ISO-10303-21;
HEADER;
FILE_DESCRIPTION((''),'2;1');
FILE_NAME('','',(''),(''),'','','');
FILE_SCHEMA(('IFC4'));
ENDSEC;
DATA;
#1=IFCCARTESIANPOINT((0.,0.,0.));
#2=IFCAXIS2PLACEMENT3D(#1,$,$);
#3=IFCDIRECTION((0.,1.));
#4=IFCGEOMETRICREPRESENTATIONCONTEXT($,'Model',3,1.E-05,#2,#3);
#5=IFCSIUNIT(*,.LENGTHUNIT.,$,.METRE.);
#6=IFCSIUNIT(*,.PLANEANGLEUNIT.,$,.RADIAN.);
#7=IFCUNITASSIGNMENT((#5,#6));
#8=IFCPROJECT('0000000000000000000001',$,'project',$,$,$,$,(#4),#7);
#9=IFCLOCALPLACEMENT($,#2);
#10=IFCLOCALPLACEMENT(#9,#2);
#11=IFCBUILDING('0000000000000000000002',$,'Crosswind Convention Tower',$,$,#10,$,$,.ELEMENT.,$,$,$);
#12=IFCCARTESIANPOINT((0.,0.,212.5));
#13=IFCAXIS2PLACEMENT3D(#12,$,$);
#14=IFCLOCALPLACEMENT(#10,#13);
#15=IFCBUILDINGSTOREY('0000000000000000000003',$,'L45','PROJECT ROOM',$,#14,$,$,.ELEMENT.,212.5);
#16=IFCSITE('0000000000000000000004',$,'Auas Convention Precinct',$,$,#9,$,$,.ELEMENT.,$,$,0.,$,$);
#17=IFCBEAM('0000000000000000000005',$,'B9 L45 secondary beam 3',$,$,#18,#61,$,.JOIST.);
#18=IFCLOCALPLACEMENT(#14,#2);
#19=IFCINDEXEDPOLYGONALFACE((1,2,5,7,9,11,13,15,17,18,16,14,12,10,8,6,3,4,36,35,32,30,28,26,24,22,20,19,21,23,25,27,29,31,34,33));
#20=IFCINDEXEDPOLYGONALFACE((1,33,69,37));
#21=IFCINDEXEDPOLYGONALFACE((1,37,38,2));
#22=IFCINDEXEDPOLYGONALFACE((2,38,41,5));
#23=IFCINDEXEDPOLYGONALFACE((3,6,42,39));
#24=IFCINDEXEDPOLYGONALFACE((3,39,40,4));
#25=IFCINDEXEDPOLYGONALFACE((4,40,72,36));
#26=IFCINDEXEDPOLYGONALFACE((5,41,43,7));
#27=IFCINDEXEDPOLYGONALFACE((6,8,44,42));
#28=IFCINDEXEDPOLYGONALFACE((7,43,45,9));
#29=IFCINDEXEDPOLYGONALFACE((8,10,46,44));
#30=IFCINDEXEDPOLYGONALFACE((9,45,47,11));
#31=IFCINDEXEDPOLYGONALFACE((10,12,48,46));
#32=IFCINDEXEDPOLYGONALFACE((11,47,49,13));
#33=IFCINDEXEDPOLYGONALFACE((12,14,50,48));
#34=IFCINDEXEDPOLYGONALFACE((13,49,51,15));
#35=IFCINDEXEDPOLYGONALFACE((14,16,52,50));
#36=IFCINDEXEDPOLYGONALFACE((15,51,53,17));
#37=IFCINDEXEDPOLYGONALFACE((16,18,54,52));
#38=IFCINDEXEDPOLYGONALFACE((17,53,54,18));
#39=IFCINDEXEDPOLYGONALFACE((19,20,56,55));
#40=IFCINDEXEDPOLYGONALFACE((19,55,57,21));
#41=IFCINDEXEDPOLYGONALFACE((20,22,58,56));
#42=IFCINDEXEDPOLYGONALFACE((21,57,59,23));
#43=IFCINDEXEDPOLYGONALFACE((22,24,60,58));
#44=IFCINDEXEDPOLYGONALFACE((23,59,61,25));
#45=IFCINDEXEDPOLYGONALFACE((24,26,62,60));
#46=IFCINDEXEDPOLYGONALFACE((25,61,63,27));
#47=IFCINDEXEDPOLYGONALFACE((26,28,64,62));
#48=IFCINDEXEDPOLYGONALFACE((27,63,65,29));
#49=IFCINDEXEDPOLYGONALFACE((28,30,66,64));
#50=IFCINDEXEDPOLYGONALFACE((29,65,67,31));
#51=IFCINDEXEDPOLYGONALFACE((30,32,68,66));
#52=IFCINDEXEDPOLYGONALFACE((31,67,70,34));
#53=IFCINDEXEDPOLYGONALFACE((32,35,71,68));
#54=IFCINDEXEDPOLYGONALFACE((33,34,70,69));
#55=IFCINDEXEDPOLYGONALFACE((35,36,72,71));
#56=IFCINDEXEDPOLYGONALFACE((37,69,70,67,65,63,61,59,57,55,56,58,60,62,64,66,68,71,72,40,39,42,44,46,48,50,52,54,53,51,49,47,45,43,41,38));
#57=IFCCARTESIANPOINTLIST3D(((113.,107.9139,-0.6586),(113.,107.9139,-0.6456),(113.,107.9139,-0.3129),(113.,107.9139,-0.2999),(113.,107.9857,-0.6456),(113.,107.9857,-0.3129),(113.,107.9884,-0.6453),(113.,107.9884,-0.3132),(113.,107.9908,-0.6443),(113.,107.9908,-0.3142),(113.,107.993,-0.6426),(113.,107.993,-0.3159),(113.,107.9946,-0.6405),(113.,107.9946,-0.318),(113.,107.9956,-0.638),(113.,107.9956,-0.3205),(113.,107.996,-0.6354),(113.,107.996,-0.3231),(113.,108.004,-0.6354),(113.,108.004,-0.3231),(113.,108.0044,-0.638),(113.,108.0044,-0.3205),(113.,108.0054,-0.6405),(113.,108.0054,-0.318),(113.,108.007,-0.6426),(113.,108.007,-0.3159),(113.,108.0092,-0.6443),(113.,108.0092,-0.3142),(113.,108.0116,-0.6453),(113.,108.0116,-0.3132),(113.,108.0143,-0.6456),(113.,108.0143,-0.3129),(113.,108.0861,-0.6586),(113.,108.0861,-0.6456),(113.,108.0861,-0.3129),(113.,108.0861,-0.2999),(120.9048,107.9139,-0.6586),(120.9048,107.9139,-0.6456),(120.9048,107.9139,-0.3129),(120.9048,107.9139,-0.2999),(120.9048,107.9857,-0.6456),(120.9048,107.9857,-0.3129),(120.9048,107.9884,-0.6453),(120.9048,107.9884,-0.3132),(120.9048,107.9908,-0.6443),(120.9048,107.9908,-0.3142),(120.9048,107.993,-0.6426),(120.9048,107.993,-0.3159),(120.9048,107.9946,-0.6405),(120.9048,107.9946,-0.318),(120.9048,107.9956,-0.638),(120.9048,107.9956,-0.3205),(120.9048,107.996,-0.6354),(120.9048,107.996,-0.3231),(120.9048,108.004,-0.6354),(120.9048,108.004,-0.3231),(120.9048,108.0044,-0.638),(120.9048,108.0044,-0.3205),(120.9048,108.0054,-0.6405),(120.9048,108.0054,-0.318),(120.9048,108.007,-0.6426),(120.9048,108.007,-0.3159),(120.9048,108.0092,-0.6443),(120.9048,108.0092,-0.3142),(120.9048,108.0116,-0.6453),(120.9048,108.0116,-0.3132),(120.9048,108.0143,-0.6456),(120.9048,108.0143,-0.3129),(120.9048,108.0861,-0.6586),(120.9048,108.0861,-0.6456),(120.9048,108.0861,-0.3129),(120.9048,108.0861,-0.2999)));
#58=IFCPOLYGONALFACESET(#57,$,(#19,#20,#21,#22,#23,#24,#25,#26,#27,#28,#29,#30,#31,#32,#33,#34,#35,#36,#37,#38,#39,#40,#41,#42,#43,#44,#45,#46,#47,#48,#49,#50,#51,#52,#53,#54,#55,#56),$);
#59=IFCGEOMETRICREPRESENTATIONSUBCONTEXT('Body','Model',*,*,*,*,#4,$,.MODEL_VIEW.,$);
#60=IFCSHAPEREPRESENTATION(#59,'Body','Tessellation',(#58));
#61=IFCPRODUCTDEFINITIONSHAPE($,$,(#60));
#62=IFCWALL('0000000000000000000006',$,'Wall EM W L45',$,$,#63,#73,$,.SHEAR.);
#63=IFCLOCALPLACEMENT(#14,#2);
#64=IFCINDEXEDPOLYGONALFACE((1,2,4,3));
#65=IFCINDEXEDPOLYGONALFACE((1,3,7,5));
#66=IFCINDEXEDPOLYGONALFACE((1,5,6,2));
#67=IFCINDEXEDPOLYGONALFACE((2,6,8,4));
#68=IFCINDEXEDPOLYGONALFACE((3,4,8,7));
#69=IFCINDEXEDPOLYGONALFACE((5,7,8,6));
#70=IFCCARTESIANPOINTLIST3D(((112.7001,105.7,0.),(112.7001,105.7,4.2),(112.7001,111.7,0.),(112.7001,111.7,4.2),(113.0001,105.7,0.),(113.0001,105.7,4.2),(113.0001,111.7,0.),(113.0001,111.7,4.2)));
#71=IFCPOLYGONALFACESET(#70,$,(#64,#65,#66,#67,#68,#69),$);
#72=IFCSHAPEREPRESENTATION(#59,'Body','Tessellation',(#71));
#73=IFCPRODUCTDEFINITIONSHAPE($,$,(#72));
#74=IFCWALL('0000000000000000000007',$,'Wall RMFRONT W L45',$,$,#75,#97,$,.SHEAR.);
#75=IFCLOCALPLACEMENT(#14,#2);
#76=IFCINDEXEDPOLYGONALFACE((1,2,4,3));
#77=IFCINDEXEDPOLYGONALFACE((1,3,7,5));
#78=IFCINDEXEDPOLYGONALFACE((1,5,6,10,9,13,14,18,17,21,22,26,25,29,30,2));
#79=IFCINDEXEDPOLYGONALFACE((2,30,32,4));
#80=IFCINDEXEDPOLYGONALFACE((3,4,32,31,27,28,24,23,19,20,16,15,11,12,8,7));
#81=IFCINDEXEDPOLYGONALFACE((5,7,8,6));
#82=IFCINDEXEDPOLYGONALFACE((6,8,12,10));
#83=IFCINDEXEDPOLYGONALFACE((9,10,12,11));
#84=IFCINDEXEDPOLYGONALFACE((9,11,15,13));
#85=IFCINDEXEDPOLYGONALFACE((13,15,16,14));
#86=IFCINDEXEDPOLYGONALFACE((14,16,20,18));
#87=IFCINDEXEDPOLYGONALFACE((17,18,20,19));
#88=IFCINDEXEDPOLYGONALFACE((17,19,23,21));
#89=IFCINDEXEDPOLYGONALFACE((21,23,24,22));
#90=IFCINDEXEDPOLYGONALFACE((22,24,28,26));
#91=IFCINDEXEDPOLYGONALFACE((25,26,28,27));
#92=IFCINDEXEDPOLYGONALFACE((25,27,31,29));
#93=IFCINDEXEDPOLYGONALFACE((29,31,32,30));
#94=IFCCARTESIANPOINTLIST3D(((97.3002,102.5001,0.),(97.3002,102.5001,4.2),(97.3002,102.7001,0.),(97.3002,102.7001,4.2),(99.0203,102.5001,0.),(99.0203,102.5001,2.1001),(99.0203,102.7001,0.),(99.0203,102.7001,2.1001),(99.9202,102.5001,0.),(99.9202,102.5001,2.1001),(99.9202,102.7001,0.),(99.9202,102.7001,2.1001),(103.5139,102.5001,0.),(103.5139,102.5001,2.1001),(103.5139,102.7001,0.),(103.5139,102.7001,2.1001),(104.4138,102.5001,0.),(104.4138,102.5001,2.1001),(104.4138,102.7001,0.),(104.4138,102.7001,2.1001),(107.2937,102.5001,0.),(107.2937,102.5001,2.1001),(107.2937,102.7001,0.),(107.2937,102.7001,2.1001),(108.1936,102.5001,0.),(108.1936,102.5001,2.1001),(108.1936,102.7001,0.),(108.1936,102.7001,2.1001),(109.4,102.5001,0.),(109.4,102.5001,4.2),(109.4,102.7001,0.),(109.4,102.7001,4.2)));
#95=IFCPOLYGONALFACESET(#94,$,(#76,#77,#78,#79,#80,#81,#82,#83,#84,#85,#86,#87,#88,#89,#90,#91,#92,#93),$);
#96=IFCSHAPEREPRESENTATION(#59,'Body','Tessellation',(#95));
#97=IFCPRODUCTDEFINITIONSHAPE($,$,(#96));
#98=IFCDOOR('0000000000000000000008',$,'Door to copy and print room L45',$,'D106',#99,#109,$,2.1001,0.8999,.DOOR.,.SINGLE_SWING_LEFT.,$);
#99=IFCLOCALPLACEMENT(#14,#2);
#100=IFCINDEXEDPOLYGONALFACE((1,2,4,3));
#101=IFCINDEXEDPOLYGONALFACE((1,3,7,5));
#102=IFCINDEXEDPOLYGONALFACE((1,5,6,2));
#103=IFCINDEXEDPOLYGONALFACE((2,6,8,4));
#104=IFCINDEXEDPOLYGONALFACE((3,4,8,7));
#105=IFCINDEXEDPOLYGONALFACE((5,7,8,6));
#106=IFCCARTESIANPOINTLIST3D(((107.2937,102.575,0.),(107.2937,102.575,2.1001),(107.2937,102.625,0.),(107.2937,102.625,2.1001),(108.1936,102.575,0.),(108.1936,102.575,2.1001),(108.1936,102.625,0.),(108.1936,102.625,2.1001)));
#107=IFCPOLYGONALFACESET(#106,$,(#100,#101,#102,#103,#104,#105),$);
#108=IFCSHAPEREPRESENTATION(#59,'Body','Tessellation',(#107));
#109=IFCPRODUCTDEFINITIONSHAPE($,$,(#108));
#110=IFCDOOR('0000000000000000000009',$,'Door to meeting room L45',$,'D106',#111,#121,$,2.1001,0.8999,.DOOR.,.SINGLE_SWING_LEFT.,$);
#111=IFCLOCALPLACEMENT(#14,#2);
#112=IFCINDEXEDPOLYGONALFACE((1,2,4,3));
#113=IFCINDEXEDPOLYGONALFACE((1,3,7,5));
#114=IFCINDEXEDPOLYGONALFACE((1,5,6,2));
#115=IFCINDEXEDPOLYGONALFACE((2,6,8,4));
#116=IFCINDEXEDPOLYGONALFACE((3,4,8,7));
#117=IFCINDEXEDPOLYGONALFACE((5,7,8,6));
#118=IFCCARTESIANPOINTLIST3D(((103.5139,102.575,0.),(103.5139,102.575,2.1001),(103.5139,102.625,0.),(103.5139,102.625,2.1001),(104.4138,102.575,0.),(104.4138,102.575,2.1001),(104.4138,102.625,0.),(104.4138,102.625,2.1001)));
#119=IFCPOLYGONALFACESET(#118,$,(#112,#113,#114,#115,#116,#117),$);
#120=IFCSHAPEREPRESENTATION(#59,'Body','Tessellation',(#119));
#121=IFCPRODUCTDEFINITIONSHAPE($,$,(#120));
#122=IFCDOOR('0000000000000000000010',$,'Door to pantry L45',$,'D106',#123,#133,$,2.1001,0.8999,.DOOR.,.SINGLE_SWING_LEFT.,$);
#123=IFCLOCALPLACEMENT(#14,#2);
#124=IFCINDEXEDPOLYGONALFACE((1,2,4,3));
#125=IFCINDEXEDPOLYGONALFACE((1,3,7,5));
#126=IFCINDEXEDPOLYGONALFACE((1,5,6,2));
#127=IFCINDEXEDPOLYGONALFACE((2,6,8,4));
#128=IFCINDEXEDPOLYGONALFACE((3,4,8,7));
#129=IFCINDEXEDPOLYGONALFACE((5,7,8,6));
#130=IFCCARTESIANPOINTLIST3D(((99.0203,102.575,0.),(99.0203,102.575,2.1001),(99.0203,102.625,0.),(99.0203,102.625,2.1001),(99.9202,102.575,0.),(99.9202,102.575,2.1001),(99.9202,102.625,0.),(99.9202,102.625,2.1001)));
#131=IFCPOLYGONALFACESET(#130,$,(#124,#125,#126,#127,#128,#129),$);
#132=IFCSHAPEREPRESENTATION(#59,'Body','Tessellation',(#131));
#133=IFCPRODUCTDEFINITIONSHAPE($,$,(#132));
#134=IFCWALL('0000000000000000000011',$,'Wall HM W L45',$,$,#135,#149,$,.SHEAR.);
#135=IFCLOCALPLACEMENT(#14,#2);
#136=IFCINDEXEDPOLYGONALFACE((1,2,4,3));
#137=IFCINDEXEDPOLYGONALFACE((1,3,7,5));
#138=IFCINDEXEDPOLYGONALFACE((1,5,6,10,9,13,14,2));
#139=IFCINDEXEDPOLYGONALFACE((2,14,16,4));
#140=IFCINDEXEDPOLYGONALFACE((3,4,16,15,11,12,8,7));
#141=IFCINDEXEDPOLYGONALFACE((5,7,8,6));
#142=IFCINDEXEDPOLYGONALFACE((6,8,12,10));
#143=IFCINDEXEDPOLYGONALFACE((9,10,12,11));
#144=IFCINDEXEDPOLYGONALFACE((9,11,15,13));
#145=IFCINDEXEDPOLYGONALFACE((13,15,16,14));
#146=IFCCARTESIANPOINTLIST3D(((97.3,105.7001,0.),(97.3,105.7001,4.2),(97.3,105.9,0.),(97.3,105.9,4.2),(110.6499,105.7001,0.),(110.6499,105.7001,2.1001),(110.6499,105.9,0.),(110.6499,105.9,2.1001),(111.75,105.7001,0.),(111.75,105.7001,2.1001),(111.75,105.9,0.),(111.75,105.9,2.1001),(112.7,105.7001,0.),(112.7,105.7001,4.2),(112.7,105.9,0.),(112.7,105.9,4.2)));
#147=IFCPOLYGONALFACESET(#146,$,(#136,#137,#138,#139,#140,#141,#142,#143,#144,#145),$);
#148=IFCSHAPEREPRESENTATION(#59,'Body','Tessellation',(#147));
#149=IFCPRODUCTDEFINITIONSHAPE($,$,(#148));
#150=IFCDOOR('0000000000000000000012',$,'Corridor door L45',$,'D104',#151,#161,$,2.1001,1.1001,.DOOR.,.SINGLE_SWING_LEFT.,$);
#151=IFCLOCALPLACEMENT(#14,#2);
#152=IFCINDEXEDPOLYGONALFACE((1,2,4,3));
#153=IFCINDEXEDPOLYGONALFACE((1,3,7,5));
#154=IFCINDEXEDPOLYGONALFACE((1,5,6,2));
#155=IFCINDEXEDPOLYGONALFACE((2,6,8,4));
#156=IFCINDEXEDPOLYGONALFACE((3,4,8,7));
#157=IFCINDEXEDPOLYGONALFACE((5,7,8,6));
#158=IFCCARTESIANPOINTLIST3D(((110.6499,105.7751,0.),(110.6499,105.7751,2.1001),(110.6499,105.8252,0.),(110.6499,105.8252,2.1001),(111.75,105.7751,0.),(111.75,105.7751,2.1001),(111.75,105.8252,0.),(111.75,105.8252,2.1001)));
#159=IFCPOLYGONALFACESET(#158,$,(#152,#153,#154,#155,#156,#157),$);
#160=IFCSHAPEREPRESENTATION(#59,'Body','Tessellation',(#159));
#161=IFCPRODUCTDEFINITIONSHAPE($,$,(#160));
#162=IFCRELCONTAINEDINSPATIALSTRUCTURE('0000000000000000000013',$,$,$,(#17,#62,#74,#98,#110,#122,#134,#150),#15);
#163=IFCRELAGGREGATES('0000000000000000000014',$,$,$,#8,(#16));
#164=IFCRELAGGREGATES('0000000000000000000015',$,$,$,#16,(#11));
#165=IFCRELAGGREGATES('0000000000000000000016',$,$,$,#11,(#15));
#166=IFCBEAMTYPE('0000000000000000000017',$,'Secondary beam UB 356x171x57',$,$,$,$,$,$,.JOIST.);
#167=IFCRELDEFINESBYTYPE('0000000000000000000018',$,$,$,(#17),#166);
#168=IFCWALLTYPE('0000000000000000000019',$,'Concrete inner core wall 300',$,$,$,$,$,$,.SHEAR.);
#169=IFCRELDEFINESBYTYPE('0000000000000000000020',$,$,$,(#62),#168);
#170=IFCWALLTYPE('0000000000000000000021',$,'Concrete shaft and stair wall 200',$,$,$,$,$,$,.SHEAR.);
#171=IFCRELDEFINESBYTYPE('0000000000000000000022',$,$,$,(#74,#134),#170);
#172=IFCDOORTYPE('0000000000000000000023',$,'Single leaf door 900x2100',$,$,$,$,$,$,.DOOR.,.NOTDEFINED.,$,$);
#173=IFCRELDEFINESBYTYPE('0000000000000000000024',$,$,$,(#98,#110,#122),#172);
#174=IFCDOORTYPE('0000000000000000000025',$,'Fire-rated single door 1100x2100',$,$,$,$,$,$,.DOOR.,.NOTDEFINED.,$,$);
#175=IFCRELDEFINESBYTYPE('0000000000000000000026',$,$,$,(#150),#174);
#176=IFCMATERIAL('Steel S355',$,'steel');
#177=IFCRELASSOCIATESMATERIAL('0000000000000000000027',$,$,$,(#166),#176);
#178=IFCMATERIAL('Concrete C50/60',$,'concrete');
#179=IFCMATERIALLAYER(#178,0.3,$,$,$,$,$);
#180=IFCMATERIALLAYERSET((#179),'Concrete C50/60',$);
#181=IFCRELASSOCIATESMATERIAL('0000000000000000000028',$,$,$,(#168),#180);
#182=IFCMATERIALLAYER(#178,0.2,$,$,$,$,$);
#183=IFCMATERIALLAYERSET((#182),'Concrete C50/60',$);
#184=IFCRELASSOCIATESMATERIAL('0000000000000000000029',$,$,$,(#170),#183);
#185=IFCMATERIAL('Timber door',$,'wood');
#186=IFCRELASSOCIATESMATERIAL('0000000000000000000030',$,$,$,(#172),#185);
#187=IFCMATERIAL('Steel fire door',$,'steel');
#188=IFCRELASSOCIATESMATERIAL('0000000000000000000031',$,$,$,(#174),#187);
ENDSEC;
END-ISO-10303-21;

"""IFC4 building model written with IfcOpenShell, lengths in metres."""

from ifc_helpers import new_model, si_unit, direction, frame, frame_2d, origin, origin_2d, place, context, subcontext, project, spatial, rectangle, i_section, extrude, material, layer, layer_set, material_profile, profile_set, type_object, element, fill, save


model = new_model("IFC4")

# Units and contexts
model_context = context("Model", 3, precision=1e-05, world=origin(), true_north=direction((0.0, 1.0)))
body_context = subcontext(model_context, "Body", "Model", "MODEL_VIEW")
ifc_project = project(units=[si_unit("LENGTHUNIT", "METRE"), si_unit("PLANEANGLEUNIT", "RADIAN")], contexts=[model_context])

# Site, building, storey
site_placement = place(None, origin())
site = spatial("IfcSite", under=ifc_project, at=site_placement, Name="Auas Convention Precinct", CompositionType="ELEMENT", RefElevation=0.0)
building_placement = place(site_placement, origin())
building = spatial("IfcBuilding", under=site, at=building_placement, Name="Crosswind Convention Tower", CompositionType="ELEMENT")
storey_placement = place(building_placement, frame((0.0, 0.0, 212.5)))
storey = spatial("IfcBuildingStorey", under=building, at=storey_placement, Name="L45", Description="PROJECT ROOM", CompositionType="ELEMENT", Elevation=212.5)

# Beam
ifc_material_1 = material(Name="Steel S355", Category="steel")
ifc_material_profile_1 = material_profile(ifc_material_1, i_section(OverallWidth=0.1721, OverallDepth=0.3586, WebThickness=0.0081, FlangeThickness=0.0129, FilletRadius=0.0103, at=origin_2d()), Name="UB 356x171x57")
ifc_profile_set_1 = profile_set([ifc_material_profile_1], Name="Steel S355")
beam_type_1 = type_object("IfcBeamType", Name="Secondary beam UB 356x171x57", PredefinedType="JOIST", material=ifc_profile_set_1)
for number, where, z_axis, x_axis, name in (
    (1, (113.0, 108.0, -0.4792), (1.0, 0.0, 0.0), (0.0, 1.0, 0.0), "B9 L45 secondary beam 3"),
):
    element("IfcBeam", number, at=place(storey_placement, frame(where, z_axis=z_axis, x_axis=x_axis)), inside=storey, type_object=beam_type_1, Name=name, PredefinedType="JOIST", context=body_context, shape_type="SweptSolid", body=[
        extrude(i_section(OverallWidth=0.1721, OverallDepth=0.3586, WebThickness=0.0081, FlangeThickness=0.0129, FilletRadius=0.0103, at=origin_2d()), origin(), (0.0, 0.0, 1.0), 7.9048),
    ])

# Shared definitions
ifc_material_2 = material(Name="Concrete C50/60", Category="concrete")
ifc_layer_1 = layer(ifc_material_2, 0.3)
ifc_layer_set_1 = layer_set([ifc_layer_1], Name="Concrete C50/60")
wall_type_1 = type_object("IfcWallType", Name="Concrete inner core wall 300", PredefinedType="SHEAR", material=ifc_layer_set_1)

# Wall
wall_1_placement = place(storey_placement, frame((112.8501, 111.7, 0.0), z_axis=(0.0, 0.0, 1.0), x_axis=(0.0, -1.0, 0.0)))
element("IfcWall", 2, at=wall_1_placement, inside=storey, type_object=wall_type_1, Name="Wall EM W L45", PredefinedType="SHEAR", context=body_context, shape_type="SweptSolid", body=[
    extrude(rectangle(XDim=6.0, YDim=0.3, at=frame_2d((3.0, 0.0))), origin(), (0.0, 0.0, 1.0), 4.2),
])

# Wall, openings, doors
ifc_layer_2 = layer(ifc_material_2, 0.2)
ifc_layer_set_2 = layer_set([ifc_layer_2], Name="Concrete C50/60")
wall_type_2 = type_object("IfcWallType", Name="Concrete shaft and stair wall 200", PredefinedType="SHEAR", material=ifc_layer_set_2)
wall_2_placement = place(storey_placement, frame((109.3999, 102.6001, 0.0), z_axis=(0.0, 0.0, 1.0), x_axis=(-1.0, 0.0, 0.0)))
wall_2 = element("IfcWall", 3, at=wall_2_placement, inside=storey, type_object=wall_type_2, Name="Wall RMFRONT W L45", PredefinedType="SHEAR", context=body_context, shape_type="SweptSolid", body=[
    extrude(rectangle(XDim=12.0999, YDim=0.2, at=frame_2d((6.0498, 0.0))), origin(), (0.0, 0.0, 1.0), 4.2),
])
opening_1_placement = place(wall_2_placement, frame((1.2063, 0.0, 0.0)))
opening_1 = element("IfcOpeningElement", 4, at=opening_1_placement, cuts=wall_2, PredefinedType="OPENING", context=body_context, shape_type="SweptSolid", body=[
    extrude(rectangle(XDim=0.8999, YDim=2.1001, at=frame_2d((0.45, 1.05))), frame((0.0, 0.1099, 0.0), z_axis=(0.0, -1.0, 0.0), x_axis=(1.0, 0.0, 0.0)), (0.0, 0.0, 1.0), 0.22),
])
opening_2_placement = place(wall_2_placement, frame((4.9861, 0.0, 0.0)))
opening_2 = element("IfcOpeningElement", 5, at=opening_2_placement, cuts=wall_2, PredefinedType="OPENING", context=body_context, shape_type="SweptSolid", body=[
    extrude(rectangle(XDim=0.8999, YDim=2.1001, at=frame_2d((0.45, 1.05))), frame((0.0, 0.1099, 0.0), z_axis=(0.0, -1.0, 0.0), x_axis=(1.0, 0.0, 0.0)), (0.0, 0.0, 1.0), 0.22),
])
opening_3_placement = place(wall_2_placement, frame((9.4797, 0.0, 0.0)))
opening_3 = element("IfcOpeningElement", 6, at=opening_3_placement, cuts=wall_2, PredefinedType="OPENING", context=body_context, shape_type="SweptSolid", body=[
    extrude(rectangle(XDim=0.8999, YDim=2.1001, at=frame_2d((0.45, 1.05))), frame((0.0, 0.1099, 0.0), z_axis=(0.0, -1.0, 0.0), x_axis=(1.0, 0.0, 0.0)), (0.0, 0.0, 1.0), 0.22),
])
ifc_material_3 = material(Name="Timber door", Category="wood")
door_type_1 = type_object("IfcDoorType", Name="Single leaf door 900x2100", OperationType="NOTDEFINED", PredefinedType="DOOR", material=ifc_material_3)
door_1_placement = place(opening_1_placement, frame((0.8999, 0.0, 0.0), z_axis=(0.0, 0.0, 1.0), x_axis=(-1.0, 0.0, 0.0)))
door_1 = element("IfcDoor", 7, at=door_1_placement, inside=storey, type_object=door_type_1, Name="Door to copy and print room L45", ObjectType="D106", OperationType="SINGLE_SWING_LEFT", OverallHeight=2.1001, OverallWidth=0.8999, PredefinedType="DOOR", context=body_context, shape_type="SweptSolid", body=[
    extrude(rectangle(XDim=0.8999, YDim=2.1001, at=frame_2d((0.45, 1.05))), frame((0.0, 0.0249, 0.0), z_axis=(0.0, -1.0, 0.0), x_axis=(1.0, 0.0, 0.0)), (0.0, 0.0, 1.0), 0.05),
])
fill(opening_1, door_1)
door_2_placement = place(opening_2_placement, frame((0.8999, 0.0, 0.0), z_axis=(0.0, 0.0, 1.0), x_axis=(-1.0, 0.0, 0.0)))
door_2 = element("IfcDoor", 8, at=door_2_placement, inside=storey, type_object=door_type_1, Name="Door to meeting room L45", ObjectType="D106", OperationType="SINGLE_SWING_LEFT", OverallHeight=2.1001, OverallWidth=0.8999, PredefinedType="DOOR", context=body_context, shape_type="SweptSolid", body=[
    extrude(rectangle(XDim=0.8999, YDim=2.1001, at=frame_2d((0.45, 1.05))), frame((0.0, 0.0249, 0.0), z_axis=(0.0, -1.0, 0.0), x_axis=(1.0, 0.0, 0.0)), (0.0, 0.0, 1.0), 0.05),
])
fill(opening_2, door_2)
door_3_placement = place(opening_3_placement, frame((0.8999, 0.0, 0.0), z_axis=(0.0, 0.0, 1.0), x_axis=(-1.0, 0.0, 0.0)))
door_3 = element("IfcDoor", 9, at=door_3_placement, inside=storey, type_object=door_type_1, Name="Door to pantry L45", ObjectType="D106", OperationType="SINGLE_SWING_LEFT", OverallHeight=2.1001, OverallWidth=0.8999, PredefinedType="DOOR", context=body_context, shape_type="SweptSolid", body=[
    extrude(rectangle(XDim=0.8999, YDim=2.1001, at=frame_2d((0.45, 1.05))), frame((0.0, 0.0249, 0.0), z_axis=(0.0, -1.0, 0.0), x_axis=(1.0, 0.0, 0.0)), (0.0, 0.0, 1.0), 0.05),
])
fill(opening_3, door_3)

# Wall, opening, door
wall_3_placement = place(storey_placement, frame((112.7, 105.8, 0.0), z_axis=(0.0, 0.0, 1.0), x_axis=(-1.0, 0.0, 0.0)))
wall_3 = element("IfcWall", 10, at=wall_3_placement, inside=storey, type_object=wall_type_2, Name="Wall HM W L45", PredefinedType="SHEAR", context=body_context, shape_type="SweptSolid", body=[
    extrude(rectangle(XDim=15.3999, YDim=0.2, at=frame_2d((7.7, 0.0))), origin(), (0.0, 0.0, 1.0), 4.2),
])
opening_4_placement = place(wall_3_placement, frame((0.95, 0.0, 0.0)))
opening_4 = element("IfcOpeningElement", 11, at=opening_4_placement, cuts=wall_3, PredefinedType="OPENING", context=body_context, shape_type="SweptSolid", body=[
    extrude(rectangle(XDim=1.1001, YDim=2.1001, at=frame_2d((0.55, 1.05))), frame((0.0, 0.1099, 0.0), z_axis=(0.0, -1.0, 0.0), x_axis=(1.0, 0.0, 0.0)), (0.0, 0.0, 1.0), 0.22),
])
ifc_material_4 = material(Name="Steel fire door", Category="steel")
door_type_2 = type_object("IfcDoorType", Name="Fire-rated single door 1100x2100", OperationType="NOTDEFINED", PredefinedType="DOOR", material=ifc_material_4)
door_4_placement = place(opening_4_placement, origin())
door_4 = element("IfcDoor", 12, at=door_4_placement, inside=storey, type_object=door_type_2, Name="Corridor door L45", ObjectType="D104", OperationType="SINGLE_SWING_LEFT", OverallHeight=2.1001, OverallWidth=1.1001, PredefinedType="DOOR", context=body_context, shape_type="SweptSolid", body=[
    extrude(rectangle(XDim=1.1001, YDim=2.1001, at=frame_2d((0.55, 1.05))), frame((0.0, 0.0249, 0.0), z_axis=(0.0, -1.0, 0.0), x_axis=(1.0, 0.0, 0.0)), (0.0, 0.0, 1.0), 0.05),
])
fill(opening_4, door_4)

save(model, "model.ifc")
